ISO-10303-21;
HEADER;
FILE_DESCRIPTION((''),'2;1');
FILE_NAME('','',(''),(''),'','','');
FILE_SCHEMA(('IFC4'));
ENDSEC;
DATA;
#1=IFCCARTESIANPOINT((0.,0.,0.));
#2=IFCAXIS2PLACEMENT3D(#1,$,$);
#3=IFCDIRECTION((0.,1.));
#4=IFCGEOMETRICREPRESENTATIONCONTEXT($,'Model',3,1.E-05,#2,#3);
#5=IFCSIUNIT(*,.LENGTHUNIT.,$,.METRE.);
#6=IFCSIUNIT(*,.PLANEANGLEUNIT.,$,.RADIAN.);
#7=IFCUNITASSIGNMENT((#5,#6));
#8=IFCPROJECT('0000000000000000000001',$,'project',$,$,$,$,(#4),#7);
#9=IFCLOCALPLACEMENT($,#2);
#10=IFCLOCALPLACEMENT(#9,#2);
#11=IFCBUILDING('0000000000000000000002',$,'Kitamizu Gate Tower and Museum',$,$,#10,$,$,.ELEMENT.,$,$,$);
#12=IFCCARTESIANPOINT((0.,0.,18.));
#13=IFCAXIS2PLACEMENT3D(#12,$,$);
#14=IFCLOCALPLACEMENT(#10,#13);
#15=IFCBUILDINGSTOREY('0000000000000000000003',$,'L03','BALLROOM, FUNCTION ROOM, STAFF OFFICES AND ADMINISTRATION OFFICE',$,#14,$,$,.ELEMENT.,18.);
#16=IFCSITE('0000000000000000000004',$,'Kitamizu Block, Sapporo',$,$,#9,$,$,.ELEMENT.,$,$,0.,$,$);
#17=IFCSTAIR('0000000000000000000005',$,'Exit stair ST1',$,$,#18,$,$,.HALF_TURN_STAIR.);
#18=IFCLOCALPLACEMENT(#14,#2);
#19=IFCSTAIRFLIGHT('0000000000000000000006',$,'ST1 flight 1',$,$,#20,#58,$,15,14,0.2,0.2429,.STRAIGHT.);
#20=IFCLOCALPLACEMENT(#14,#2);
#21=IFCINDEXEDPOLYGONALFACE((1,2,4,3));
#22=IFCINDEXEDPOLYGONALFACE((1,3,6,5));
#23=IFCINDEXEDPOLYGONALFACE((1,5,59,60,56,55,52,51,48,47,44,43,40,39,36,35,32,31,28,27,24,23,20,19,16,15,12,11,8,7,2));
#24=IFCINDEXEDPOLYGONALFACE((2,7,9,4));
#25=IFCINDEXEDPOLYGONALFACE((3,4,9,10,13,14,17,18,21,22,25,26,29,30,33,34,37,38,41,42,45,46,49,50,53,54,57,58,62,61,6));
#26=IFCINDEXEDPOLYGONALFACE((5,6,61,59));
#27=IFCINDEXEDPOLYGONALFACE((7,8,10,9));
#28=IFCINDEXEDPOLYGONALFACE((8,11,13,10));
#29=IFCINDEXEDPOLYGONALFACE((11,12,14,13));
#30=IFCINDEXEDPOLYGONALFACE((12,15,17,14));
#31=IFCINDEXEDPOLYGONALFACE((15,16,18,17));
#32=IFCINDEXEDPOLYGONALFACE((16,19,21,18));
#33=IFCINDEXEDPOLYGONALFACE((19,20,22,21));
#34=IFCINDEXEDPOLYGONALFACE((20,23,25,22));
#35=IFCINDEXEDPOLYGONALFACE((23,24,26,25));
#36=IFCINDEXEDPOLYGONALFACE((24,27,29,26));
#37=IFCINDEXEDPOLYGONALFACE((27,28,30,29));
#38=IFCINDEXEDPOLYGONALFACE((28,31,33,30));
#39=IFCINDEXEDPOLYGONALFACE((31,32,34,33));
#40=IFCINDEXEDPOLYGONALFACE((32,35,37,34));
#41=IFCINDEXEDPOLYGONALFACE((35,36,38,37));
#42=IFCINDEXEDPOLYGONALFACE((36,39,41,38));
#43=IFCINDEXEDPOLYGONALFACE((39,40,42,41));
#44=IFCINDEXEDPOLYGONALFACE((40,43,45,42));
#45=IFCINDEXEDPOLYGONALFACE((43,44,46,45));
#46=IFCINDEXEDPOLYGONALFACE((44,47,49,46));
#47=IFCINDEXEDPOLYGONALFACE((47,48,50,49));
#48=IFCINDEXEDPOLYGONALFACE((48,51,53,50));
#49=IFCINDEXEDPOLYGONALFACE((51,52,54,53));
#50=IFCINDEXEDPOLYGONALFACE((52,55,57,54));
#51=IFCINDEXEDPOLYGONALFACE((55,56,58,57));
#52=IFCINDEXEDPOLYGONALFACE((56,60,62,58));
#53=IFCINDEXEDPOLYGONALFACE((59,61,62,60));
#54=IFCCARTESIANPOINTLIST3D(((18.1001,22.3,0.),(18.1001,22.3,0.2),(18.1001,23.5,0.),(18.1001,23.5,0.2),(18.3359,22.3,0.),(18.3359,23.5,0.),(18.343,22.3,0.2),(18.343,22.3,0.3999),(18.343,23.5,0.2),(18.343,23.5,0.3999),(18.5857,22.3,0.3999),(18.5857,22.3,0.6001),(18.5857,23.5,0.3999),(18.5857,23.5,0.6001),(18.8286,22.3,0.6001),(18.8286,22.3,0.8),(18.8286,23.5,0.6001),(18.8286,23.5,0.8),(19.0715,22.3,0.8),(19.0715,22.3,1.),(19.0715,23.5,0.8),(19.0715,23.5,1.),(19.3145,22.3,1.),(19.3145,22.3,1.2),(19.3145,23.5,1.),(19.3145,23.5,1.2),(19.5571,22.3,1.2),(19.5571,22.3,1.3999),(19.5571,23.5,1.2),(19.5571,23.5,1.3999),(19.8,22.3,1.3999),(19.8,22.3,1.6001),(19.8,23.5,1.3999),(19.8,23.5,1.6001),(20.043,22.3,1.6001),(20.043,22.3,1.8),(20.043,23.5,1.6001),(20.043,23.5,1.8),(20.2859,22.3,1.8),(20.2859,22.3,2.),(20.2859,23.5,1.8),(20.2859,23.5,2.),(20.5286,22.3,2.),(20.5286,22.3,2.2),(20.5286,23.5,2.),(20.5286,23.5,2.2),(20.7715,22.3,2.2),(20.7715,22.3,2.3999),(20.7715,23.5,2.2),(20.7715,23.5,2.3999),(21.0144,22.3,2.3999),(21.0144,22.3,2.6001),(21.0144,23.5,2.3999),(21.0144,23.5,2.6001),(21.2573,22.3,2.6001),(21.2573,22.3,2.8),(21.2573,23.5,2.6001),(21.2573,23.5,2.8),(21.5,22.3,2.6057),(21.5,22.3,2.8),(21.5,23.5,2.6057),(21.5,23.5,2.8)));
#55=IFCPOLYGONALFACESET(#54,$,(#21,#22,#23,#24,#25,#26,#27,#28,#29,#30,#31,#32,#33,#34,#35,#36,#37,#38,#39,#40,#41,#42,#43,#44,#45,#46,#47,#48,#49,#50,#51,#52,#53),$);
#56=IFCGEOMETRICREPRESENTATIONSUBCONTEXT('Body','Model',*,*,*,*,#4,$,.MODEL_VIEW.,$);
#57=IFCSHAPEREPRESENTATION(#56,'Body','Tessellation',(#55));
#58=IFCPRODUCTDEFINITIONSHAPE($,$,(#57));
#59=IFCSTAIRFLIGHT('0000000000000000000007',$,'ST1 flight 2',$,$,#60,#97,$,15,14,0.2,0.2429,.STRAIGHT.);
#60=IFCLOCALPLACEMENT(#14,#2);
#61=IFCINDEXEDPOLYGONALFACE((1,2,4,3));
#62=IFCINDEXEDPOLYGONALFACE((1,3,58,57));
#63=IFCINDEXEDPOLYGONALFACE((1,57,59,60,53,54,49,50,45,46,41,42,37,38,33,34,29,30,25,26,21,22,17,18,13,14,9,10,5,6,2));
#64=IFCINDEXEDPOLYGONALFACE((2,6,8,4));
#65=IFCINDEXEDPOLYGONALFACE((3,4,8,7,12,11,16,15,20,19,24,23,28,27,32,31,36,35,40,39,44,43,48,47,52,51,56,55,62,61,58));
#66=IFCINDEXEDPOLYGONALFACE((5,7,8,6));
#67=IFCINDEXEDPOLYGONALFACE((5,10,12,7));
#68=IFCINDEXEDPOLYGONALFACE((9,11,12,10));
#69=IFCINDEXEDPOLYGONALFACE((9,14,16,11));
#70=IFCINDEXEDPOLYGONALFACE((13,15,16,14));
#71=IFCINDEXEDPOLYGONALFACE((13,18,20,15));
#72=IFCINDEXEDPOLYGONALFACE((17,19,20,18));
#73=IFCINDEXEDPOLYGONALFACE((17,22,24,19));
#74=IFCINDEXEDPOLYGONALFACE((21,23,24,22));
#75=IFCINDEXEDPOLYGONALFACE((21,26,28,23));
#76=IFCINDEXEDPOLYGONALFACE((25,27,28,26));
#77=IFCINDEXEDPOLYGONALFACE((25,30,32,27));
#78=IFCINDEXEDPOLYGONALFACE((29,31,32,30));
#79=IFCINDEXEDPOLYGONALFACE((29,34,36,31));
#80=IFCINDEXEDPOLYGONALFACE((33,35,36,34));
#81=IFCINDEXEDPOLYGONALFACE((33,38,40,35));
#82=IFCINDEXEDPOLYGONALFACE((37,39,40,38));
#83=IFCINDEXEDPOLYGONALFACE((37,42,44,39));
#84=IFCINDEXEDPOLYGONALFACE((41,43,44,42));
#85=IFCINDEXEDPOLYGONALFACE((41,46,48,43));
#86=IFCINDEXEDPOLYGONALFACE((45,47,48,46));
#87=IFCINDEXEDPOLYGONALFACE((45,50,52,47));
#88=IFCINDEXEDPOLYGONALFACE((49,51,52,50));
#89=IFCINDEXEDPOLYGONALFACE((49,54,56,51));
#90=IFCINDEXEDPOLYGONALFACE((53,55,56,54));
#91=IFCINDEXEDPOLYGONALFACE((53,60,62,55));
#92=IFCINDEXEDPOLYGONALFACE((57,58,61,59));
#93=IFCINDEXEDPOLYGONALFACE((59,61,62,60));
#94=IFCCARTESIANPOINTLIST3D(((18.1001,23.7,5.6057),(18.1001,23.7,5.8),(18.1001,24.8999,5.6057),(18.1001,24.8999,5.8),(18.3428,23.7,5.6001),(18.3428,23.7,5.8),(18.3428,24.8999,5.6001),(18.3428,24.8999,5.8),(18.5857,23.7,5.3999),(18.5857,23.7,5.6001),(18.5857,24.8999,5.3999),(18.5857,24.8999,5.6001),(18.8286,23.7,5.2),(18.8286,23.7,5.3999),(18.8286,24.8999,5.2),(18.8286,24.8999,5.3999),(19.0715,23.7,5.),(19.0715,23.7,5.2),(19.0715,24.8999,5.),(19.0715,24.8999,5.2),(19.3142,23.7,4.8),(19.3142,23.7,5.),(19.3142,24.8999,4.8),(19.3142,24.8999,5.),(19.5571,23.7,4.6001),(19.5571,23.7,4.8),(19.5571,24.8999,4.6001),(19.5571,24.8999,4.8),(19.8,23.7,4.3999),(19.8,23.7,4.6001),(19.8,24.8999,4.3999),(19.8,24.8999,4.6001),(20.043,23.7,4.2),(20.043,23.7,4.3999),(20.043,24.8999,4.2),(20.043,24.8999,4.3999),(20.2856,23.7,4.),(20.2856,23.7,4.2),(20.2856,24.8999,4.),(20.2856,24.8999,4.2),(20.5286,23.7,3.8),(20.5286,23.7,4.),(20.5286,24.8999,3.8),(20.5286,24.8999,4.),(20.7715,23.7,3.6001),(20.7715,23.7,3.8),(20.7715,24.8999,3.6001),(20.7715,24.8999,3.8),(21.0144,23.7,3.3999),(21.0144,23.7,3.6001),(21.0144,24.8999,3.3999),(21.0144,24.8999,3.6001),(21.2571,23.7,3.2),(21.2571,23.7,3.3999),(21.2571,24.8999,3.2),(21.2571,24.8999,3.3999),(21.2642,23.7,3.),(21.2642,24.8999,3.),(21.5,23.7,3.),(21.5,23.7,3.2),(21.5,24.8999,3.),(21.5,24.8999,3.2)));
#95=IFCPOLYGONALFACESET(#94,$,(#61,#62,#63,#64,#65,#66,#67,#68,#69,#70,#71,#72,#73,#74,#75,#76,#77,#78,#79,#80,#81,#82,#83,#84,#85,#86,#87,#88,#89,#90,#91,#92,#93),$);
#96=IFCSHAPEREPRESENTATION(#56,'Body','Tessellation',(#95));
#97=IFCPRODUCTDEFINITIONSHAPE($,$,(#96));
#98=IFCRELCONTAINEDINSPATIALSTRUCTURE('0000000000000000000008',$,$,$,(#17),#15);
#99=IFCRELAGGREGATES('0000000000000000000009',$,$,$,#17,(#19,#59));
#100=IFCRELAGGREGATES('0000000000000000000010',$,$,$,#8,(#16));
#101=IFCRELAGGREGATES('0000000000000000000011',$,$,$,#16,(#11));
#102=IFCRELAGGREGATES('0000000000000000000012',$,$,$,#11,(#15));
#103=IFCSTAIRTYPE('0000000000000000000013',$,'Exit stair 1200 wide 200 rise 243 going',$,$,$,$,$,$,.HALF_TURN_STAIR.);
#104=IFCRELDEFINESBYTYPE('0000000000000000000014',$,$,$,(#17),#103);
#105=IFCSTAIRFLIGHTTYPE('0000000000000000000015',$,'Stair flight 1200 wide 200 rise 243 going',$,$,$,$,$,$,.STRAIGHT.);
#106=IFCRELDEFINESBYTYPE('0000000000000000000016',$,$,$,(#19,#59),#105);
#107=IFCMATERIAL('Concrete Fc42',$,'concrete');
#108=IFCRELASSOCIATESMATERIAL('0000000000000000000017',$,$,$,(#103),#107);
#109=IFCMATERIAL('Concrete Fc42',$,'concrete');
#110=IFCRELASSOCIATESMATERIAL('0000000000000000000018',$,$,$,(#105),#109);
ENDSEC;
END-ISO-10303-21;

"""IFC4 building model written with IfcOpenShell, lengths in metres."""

from ifc_helpers import new_model, si_unit, direction, frame, origin, place, context, subcontext, project, spatial, polyline, outline, extrude, material, type_object, element, aggregate, save


model = new_model("IFC4")

# Units and contexts
model_context = context("Model", 3, precision=1e-05, world=origin(), true_north=direction((0.0, 1.0)))
body_context = subcontext(model_context, "Body", "Model", "MODEL_VIEW")
ifc_project = project(units=[si_unit("LENGTHUNIT", "METRE"), si_unit("PLANEANGLEUNIT", "RADIAN")], contexts=[model_context])

# Site, building, storey
site_placement = place(None, origin())
site = spatial("IfcSite", under=ifc_project, at=site_placement, Name="Kitamizu Block, Sapporo", CompositionType="ELEMENT", RefElevation=0.0)
building_placement = place(site_placement, origin())
building = spatial("IfcBuilding", under=site, at=building_placement, Name="Kitamizu Gate Tower and Museum", CompositionType="ELEMENT")
storey_placement = place(building_placement, frame((0.0, 0.0, 18.0)))
storey = spatial("IfcBuildingStorey", under=building, at=storey_placement, Name="L03", Description="BALLROOM, FUNCTION ROOM, STAFF OFFICES AND ADMINISTRATION OFFICE", CompositionType="ELEMENT", Elevation=18.0)

# Stair, stair flights
ifc_material_1 = material(Name="Concrete Fc42", Category="concrete")
stair_type = type_object("IfcStairType", Name="Exit stair 1200 wide 200 rise 243 going", PredefinedType="HALF_TURN_STAIR", material=ifc_material_1)
stair_placement = place(storey_placement, origin())
stair = element("IfcStair", 1, at=stair_placement, inside=storey, type_object=stair_type, Name="Exit stair ST1", PredefinedType="HALF_TURN_STAIR")
ifc_material_2 = material(Name="Concrete Fc42", Category="concrete")
stair_flight_type = type_object("IfcStairFlightType", Name="Stair flight 1200 wide 200 rise 243 going", PredefinedType="STRAIGHT", material=ifc_material_2)
stair_flight_1_placement = place(storey_placement, frame((18.1001, 22.8999, 0.0), z_axis=(0.0, 0.0, 1.0), x_axis=(1.0, 0.0, 0.0)))
stair_flight_1 = element("IfcStairFlight", 2, at=stair_flight_1_placement, type_object=stair_flight_type, Name="ST1 flight 1", NumberOfRisers=15, NumberOfTreads=14, PredefinedType="STRAIGHT", RiserHeight=0.2, TreadLength=0.2429, context=body_context, shape_type="SweptSolid", body=[
    extrude(outline(polyline([(0.0, 0.0), (0.0, 0.2), (0.2429, 0.2), (0.2429, 0.3999), (0.4856, 0.3999), (0.4856, 0.6001), (0.7285, 0.6001), (0.7285, 0.8), (0.9714, 0.8), (0.9714, 1.0), (1.2144, 1.0), (1.2144, 1.2), (1.457, 1.2), (1.457, 1.3999), (1.7, 1.3999), (1.7, 1.6001), (1.9429, 1.6001), (1.9429, 1.8), (2.1858, 1.8), (2.1858, 2.0), (2.4285, 2.0), (2.4285, 2.2), (2.6714, 2.2), (2.6714, 2.3999), (2.9143, 2.3999), (2.9143, 2.6001), (3.1572, 2.6001), (3.1572, 2.8), (3.3999, 2.8), (3.3999, 3.0), (3.3999, 2.6057), (0.2358, 0.0), (0.0, 0.0)])), frame((0.0, 0.6001, 0.0), z_axis=(0.0, -1.0, 0.0), x_axis=(1.0, 0.0, 0.0)), (0.0, 0.0, 1.0), 1.2),
])
stair_flight_2_placement = place(storey_placement, frame((21.5, 24.3, 3.0), z_axis=(0.0, 0.0, 1.0), x_axis=(-1.0, 0.0, 0.0)))
stair_flight_2 = element("IfcStairFlight", 3, at=stair_flight_2_placement, type_object=stair_flight_type, Name="ST1 flight 2", NumberOfRisers=15, NumberOfTreads=14, PredefinedType="STRAIGHT", RiserHeight=0.2, TreadLength=0.2429, context=body_context, shape_type="SweptSolid", body=[
    extrude(outline(polyline([(0.0, 0.0), (0.0, 0.2), (0.2429, 0.2), (0.2429, 0.3999), (0.4856, 0.3999), (0.4856, 0.6001), (0.7285, 0.6001), (0.7285, 0.8), (0.9714, 0.8), (0.9714, 1.0), (1.2144, 1.0), (1.2144, 1.2), (1.457, 1.2), (1.457, 1.3999), (1.7, 1.3999), (1.7, 1.6001), (1.9429, 1.6001), (1.9429, 1.8), (2.1858, 1.8), (2.1858, 2.0), (2.4285, 2.0), (2.4285, 2.2), (2.6714, 2.2), (2.6714, 2.3999), (2.9143, 2.3999), (2.9143, 2.6001), (3.1572, 2.6001), (3.1572, 2.8), (3.3999, 2.8), (3.3999, 3.0), (3.3999, 2.6057), (0.2358, 0.0), (0.0, 0.0)])), frame((0.0, 0.6001, 0.0), z_axis=(0.0, -1.0, 0.0), x_axis=(1.0, 0.0, 0.0)), (0.0, 0.0, 1.0), 1.2),
])
aggregate(stair, [stair_flight_1, stair_flight_2])

save(model, "model.ifc")
